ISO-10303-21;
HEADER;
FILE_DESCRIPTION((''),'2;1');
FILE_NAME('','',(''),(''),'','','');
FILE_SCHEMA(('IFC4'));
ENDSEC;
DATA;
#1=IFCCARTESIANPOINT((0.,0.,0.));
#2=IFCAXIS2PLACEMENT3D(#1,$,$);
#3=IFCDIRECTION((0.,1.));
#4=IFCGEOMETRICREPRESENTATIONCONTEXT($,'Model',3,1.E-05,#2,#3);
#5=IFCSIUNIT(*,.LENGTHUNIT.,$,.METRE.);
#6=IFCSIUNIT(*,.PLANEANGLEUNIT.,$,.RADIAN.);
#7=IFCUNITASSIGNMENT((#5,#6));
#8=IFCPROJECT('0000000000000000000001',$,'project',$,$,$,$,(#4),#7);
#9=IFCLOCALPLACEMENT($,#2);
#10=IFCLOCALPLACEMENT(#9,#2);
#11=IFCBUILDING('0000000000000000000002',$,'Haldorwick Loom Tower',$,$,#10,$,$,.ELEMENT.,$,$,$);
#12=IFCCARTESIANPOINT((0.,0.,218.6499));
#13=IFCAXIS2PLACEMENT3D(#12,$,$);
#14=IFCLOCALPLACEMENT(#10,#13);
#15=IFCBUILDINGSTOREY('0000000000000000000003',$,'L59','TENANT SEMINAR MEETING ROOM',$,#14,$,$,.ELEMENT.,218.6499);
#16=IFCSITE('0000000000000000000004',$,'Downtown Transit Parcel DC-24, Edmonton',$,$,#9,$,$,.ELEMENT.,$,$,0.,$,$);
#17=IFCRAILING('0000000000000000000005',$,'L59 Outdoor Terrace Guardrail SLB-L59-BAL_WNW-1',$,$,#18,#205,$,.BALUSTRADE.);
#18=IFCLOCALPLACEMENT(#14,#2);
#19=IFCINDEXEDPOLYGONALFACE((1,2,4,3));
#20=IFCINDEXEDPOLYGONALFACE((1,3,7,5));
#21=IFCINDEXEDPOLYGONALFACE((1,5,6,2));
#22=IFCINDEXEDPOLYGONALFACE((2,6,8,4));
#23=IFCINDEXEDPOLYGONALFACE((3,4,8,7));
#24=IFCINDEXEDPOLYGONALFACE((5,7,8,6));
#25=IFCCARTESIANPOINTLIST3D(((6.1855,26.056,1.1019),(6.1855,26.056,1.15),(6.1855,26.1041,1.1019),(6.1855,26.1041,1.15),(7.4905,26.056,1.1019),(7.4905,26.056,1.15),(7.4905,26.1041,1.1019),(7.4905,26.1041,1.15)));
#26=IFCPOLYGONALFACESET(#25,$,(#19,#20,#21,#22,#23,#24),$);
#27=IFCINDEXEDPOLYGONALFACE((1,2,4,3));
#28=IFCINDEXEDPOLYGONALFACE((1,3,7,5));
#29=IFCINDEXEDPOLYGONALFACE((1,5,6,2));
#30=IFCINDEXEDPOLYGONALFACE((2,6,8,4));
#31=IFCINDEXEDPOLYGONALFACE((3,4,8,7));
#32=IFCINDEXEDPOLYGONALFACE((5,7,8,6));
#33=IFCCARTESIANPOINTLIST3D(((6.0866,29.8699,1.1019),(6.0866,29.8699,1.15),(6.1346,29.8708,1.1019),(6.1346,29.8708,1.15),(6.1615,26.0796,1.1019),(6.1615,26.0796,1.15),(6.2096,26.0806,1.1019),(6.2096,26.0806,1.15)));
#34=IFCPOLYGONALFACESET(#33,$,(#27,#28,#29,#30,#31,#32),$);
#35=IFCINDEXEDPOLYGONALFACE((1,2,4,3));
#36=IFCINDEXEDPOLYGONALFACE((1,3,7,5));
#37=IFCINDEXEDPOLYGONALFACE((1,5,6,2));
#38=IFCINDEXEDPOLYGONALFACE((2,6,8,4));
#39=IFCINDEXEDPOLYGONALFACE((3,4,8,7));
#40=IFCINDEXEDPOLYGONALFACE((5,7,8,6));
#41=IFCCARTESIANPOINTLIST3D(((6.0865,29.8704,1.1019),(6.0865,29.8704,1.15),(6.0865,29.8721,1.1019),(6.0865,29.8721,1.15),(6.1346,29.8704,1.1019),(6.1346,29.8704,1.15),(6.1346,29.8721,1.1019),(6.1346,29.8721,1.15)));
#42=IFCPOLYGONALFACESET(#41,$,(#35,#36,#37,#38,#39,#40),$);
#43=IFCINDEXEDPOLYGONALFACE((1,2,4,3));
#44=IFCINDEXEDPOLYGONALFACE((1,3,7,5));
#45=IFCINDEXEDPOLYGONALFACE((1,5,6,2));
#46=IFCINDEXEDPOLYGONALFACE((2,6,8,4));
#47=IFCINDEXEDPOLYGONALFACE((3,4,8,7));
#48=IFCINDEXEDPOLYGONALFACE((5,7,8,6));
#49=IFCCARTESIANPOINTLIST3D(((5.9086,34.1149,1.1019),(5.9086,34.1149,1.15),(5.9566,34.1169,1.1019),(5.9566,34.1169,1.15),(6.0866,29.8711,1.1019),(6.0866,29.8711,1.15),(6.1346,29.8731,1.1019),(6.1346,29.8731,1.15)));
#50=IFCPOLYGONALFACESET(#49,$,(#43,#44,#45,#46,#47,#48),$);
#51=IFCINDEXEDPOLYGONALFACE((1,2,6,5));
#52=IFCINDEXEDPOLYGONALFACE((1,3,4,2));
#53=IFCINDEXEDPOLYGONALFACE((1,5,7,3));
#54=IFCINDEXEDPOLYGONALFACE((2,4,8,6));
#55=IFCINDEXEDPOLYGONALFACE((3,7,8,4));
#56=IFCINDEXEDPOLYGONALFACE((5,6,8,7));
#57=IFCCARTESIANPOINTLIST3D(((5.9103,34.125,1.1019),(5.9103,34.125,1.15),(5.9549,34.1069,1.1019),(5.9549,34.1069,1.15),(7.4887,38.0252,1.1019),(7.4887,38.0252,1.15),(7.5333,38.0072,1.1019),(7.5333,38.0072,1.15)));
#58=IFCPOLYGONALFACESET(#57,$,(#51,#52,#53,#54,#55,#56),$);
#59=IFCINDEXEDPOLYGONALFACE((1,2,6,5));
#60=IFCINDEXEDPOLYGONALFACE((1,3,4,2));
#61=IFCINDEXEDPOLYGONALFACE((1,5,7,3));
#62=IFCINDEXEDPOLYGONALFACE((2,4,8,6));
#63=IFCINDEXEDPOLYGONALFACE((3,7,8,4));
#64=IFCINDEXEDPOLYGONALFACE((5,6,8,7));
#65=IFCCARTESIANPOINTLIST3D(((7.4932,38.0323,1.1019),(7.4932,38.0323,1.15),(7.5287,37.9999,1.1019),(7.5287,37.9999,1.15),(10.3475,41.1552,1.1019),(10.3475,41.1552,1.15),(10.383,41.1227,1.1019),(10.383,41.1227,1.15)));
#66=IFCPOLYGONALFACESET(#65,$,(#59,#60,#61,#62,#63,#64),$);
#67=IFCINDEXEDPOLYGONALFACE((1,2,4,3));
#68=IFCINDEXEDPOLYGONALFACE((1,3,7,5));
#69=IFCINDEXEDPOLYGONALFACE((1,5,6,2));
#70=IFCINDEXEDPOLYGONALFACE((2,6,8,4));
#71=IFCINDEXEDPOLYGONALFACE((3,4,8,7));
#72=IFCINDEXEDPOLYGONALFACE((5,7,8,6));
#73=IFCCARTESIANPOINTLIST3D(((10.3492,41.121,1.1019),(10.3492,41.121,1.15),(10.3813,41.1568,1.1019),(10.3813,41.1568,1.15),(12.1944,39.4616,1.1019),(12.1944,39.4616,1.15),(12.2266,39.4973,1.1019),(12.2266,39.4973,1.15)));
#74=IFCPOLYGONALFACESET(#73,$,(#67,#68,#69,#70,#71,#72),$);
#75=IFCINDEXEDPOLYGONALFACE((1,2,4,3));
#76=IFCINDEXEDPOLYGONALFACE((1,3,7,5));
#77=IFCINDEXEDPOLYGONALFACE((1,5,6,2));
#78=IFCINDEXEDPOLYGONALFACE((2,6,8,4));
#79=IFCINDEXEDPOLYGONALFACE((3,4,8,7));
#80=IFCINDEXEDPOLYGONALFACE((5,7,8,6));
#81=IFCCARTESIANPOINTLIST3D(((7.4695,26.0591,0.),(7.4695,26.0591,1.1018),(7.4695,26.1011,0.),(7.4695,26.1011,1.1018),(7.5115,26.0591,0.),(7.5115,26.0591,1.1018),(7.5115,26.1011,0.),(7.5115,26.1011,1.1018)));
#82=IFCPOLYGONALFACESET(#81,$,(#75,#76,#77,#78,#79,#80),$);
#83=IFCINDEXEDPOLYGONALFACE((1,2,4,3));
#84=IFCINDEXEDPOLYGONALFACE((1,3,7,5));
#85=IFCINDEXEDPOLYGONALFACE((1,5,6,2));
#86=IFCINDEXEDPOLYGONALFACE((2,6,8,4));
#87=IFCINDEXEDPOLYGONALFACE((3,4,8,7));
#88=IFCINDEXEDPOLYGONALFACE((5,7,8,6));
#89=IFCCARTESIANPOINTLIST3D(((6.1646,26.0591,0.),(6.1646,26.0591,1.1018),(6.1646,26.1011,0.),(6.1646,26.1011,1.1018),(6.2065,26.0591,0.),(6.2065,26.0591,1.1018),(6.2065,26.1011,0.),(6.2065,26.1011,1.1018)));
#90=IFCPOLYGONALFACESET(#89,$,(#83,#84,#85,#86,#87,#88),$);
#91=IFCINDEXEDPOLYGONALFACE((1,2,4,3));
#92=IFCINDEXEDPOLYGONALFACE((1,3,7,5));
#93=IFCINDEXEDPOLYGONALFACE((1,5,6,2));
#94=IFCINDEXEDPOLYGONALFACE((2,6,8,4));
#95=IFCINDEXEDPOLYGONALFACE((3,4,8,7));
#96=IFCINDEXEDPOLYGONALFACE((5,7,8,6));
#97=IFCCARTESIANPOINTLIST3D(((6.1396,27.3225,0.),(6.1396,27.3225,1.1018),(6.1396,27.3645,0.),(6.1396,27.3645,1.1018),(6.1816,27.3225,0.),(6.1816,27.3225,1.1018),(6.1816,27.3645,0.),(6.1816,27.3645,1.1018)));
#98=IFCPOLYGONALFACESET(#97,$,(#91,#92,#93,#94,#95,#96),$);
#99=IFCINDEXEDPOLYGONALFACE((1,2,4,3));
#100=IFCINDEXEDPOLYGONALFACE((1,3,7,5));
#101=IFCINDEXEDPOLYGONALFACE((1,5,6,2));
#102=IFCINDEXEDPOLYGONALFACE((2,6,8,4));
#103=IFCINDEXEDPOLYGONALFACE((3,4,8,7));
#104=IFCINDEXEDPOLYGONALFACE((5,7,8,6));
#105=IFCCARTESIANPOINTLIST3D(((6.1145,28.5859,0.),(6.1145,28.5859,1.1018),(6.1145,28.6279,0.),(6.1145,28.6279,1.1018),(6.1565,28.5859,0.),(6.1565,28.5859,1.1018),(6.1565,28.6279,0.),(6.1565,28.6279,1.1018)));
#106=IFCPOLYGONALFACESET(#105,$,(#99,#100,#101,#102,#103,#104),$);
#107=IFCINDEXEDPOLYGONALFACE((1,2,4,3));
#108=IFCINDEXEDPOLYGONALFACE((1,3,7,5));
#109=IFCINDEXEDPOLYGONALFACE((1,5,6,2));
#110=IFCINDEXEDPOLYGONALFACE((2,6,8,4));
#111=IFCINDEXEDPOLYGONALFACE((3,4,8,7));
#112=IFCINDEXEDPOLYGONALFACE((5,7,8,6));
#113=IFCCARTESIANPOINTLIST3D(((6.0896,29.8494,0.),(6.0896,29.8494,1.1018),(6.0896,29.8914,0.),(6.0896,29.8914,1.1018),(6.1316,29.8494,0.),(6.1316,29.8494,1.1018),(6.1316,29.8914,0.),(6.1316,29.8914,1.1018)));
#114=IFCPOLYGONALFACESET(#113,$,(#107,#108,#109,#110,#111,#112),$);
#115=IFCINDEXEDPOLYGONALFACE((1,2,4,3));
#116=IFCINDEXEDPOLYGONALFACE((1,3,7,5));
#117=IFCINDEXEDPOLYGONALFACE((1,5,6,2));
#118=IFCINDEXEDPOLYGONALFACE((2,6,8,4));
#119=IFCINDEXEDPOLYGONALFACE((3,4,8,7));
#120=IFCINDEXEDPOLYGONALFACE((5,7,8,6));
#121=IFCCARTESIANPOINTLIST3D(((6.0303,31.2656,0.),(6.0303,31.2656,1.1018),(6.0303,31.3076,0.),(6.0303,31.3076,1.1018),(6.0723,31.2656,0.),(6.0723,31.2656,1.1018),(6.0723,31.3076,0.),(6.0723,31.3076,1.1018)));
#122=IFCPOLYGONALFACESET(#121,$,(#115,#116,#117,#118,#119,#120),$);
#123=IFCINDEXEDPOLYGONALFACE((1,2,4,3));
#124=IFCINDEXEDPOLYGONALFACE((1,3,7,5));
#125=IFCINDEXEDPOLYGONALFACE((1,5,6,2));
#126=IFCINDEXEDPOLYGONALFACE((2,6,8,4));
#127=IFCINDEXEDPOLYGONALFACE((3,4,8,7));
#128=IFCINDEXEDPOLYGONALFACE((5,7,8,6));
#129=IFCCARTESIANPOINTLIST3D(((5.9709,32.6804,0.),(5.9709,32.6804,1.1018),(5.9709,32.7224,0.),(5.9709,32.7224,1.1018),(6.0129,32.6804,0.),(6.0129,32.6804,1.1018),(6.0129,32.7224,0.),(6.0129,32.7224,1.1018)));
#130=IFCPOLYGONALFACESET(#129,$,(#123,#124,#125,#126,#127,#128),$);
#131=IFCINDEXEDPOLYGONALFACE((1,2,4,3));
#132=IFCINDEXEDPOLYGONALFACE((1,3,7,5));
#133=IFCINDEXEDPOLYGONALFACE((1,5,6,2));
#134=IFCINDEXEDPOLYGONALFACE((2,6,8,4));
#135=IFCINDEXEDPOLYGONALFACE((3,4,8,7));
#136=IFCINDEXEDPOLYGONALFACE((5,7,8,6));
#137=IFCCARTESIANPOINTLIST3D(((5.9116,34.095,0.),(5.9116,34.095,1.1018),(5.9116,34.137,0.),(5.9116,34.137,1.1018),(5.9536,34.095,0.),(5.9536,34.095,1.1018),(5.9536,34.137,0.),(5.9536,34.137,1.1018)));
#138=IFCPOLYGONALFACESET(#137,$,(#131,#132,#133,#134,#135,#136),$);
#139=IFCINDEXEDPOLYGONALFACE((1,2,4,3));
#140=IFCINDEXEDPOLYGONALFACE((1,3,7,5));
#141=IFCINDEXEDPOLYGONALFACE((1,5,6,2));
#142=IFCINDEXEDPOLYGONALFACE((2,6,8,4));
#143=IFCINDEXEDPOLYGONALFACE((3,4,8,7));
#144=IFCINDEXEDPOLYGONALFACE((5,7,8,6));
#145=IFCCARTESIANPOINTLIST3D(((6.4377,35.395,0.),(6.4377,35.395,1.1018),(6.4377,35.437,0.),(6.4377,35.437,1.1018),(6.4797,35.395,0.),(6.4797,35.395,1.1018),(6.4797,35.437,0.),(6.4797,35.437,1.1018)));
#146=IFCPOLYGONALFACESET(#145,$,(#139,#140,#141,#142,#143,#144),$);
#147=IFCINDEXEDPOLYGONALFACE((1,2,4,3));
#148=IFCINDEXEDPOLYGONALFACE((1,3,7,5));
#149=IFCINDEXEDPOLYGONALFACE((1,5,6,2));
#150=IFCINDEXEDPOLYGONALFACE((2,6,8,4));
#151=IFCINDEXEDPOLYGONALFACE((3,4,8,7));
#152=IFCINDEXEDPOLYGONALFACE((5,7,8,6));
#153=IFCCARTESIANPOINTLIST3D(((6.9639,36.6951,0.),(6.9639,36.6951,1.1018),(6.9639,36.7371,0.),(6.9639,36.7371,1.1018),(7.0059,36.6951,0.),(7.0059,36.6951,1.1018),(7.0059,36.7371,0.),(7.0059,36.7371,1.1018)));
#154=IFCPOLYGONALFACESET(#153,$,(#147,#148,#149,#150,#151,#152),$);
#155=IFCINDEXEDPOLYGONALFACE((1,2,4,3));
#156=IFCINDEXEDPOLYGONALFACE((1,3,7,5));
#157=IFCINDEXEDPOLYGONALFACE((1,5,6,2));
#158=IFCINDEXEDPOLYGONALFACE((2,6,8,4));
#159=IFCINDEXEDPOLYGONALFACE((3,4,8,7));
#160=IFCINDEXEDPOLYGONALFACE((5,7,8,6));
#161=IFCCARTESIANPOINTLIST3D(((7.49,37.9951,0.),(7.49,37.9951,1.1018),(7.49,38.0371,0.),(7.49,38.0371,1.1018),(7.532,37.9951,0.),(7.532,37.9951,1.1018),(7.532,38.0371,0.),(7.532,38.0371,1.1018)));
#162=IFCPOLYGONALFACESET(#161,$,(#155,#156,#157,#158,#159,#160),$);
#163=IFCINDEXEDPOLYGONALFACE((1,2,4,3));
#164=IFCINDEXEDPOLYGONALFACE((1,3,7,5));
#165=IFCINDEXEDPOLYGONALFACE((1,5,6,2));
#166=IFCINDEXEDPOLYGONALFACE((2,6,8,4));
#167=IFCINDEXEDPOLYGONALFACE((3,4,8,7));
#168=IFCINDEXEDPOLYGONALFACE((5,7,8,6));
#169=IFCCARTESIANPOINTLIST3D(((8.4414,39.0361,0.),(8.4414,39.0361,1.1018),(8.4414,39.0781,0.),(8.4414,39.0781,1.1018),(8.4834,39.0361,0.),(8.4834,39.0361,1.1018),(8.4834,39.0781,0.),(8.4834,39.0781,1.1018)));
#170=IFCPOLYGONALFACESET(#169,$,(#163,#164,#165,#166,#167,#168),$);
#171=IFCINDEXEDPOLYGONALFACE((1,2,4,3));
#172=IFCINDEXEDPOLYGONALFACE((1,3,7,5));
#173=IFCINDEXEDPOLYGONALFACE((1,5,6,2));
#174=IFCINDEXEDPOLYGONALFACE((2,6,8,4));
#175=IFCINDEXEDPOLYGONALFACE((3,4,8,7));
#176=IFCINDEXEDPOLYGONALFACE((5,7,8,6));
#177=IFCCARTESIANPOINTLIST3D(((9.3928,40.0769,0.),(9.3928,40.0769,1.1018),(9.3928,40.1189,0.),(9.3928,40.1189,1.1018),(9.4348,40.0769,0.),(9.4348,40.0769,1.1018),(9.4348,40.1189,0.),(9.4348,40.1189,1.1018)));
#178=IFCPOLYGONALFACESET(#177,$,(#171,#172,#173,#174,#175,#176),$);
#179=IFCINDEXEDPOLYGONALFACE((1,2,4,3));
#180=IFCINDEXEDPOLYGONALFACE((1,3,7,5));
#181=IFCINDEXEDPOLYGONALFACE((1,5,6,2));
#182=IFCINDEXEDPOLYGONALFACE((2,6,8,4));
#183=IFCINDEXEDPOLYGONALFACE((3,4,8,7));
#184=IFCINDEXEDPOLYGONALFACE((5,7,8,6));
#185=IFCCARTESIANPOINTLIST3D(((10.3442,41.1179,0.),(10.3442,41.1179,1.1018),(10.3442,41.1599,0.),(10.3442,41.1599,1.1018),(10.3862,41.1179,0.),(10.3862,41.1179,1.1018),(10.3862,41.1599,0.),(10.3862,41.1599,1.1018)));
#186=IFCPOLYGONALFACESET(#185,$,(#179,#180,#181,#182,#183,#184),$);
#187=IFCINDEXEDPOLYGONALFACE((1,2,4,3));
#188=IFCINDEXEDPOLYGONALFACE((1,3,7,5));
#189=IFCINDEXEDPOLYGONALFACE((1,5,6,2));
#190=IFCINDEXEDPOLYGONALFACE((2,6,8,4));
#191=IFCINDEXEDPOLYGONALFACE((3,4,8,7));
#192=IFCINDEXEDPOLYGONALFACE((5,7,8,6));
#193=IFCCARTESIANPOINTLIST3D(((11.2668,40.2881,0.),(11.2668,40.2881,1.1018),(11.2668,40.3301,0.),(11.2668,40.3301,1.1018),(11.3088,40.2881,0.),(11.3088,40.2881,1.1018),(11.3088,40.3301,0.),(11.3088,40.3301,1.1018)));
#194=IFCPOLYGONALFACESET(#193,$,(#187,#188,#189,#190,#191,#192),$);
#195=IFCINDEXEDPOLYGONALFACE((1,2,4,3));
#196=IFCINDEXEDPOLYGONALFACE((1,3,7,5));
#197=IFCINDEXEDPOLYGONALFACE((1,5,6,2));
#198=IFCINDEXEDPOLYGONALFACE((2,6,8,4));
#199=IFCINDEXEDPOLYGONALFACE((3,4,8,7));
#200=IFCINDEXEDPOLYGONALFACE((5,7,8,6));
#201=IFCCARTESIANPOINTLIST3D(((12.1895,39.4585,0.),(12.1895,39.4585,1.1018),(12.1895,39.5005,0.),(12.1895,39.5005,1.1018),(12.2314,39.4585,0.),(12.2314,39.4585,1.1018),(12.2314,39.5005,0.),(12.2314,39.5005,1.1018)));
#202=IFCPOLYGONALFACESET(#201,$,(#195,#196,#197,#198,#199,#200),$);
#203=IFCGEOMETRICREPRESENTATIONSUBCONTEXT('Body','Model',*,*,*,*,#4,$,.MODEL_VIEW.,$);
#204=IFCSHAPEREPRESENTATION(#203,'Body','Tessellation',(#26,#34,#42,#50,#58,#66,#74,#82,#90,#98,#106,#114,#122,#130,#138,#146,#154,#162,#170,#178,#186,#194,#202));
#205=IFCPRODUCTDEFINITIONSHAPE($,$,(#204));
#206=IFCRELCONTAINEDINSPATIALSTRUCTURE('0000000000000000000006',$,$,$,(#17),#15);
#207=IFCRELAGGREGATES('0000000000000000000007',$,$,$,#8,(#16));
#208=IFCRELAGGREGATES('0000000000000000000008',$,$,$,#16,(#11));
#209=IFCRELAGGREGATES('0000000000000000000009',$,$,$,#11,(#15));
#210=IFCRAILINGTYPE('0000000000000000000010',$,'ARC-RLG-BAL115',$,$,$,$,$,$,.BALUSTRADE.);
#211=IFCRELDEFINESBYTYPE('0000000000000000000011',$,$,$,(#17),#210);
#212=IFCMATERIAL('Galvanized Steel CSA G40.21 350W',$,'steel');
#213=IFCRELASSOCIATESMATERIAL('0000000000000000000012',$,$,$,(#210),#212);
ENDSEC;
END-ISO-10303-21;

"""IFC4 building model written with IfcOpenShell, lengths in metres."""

from ifc_helpers import new_model, si_unit, direction, frame, origin, origin_2d, place, context, subcontext, project, spatial, rectangle, extrude, material, type_object, element, save


model = new_model("IFC4")

# Units and contexts
model_context = context("Model", 3, precision=1e-05, world=origin(), true_north=direction((0.0, 1.0)))
body_context = subcontext(model_context, "Body", "Model", "MODEL_VIEW")
ifc_project = project(units=[si_unit("LENGTHUNIT", "METRE"), si_unit("PLANEANGLEUNIT", "RADIAN")], contexts=[model_context])

# Site, building, storey
site_placement = place(None, origin())
site = spatial("IfcSite", under=ifc_project, at=site_placement, Name="Downtown Transit Parcel DC-24, Edmonton", CompositionType="ELEMENT", RefElevation=0.0)
building_placement = place(site_placement, origin())
building = spatial("IfcBuilding", under=site, at=building_placement, Name="Haldorwick Loom Tower", CompositionType="ELEMENT")
storey_placement = place(building_placement, frame((0.0, 0.0, 218.6499)))
storey = spatial("IfcBuildingStorey", under=building, at=storey_placement, Name="L59", Description="TENANT SEMINAR MEETING ROOM", CompositionType="ELEMENT", Elevation=218.6499)

# Railing
ifc_material_1 = material(Name="Galvanized Steel CSA G40.21 350W", Category="steel")
railing_type = type_object("IfcRailingType", Name="ARC-RLG-BAL115", PredefinedType="BALUSTRADE", material=ifc_material_1)
railing_placement = place(storey_placement, frame((7.4905, 26.0801, 0.0)))
element("IfcRailing", 1, at=railing_placement, inside=storey, type_object=railing_type, Name="L59 Outdoor Terrace Guardrail SLB-L59-BAL_WNW-1", PredefinedType="BALUSTRADE", context=body_context, shape_type="SweptSolid", body=[
    extrude(rectangle(XDim=0.0481, YDim=0.0481, at=origin_2d()), frame((0.0, 0.0, 1.126), z_axis=(-1.0, 0.0, 0.0), x_axis=(0.0, -1.0, 0.0)), (0.0, 0.0, 1.0), 1.3049),
    extrude(rectangle(XDim=0.0481, YDim=0.0481, at=origin_2d()), frame((-1.3049, 0.0, 1.126), z_axis=(-0.019771, 0.999805, 0.0), x_axis=(-0.999805, -0.019771, 0.0)), (0.0, 0.0, 1.0), 3.791),
    extrude(rectangle(XDim=0.0481, YDim=0.0481, at=origin_2d()), frame((-1.3799, 3.7903, 1.126), z_axis=(0.0, 1.0, 0.0), x_axis=(-1.0, 0.0, 0.0)), (0.0, 0.0, 1.0), 0.0017),
    extrude(rectangle(XDim=0.0481, YDim=0.0481, at=origin_2d()), frame((-1.3799, 3.792, 1.126), z_axis=(-0.041901, 0.999122, 0.0), x_axis=(-0.999122, -0.041901, 0.0)), (0.0, 0.0, 1.0), 4.2476),
    extrude(rectangle(XDim=0.0481, YDim=0.0481, at=origin_2d()), frame((-1.5579, 8.0359, 1.126), z_axis=(0.375139, 0.926968, 0.0), x_axis=(-0.926968, 0.375139, 0.0)), (0.0, 0.0, 1.0), 4.2075),
    extrude(rectangle(XDim=0.0481, YDim=0.0481, at=origin_2d()), frame((0.0205, 11.936, 1.126), z_axis=(0.674655, 0.738133, 0.0), x_axis=(-0.738133, 0.674655, 0.0)), (0.0, 0.0, 1.0), 4.2307),
    extrude(rectangle(XDim=0.0481, YDim=0.0481, at=origin_2d()), frame((2.8748, 15.0588, 1.126), z_axis=(0.743548, -0.668682, 0.0), x_axis=(0.668682, 0.743548, 0.0)), (0.0, 0.0, 1.0), 2.4817),
    extrude(rectangle(XDim=0.042, YDim=0.042, at=origin_2d()), origin(), (0.0, 0.0, 1.0), 1.1018),
    extrude(rectangle(XDim=0.042, YDim=0.042, at=origin_2d()), frame((-1.3049, 0.0, 0.0)), (0.0, 0.0, 1.0), 1.1018),
    extrude(rectangle(XDim=0.042, YDim=0.042, at=origin_2d()), frame((-1.3298, 1.2634, 0.0)), (0.0, 0.0, 1.0), 1.1018),
    extrude(rectangle(XDim=0.042, YDim=0.042, at=origin_2d()), frame((-1.355, 2.5269, 0.0)), (0.0, 0.0, 1.0), 1.1018),
    extrude(rectangle(XDim=0.042, YDim=0.042, at=origin_2d()), frame((-1.3799, 3.7903, 0.0)), (0.0, 0.0, 1.0), 1.1018),
    extrude(rectangle(XDim=0.042, YDim=0.042, at=origin_2d()), frame((-1.4392, 5.2065, 0.0)), (0.0, 0.0, 1.0), 1.1018),
    extrude(rectangle(XDim=0.042, YDim=0.042, at=origin_2d()), frame((-1.4985, 6.6213, 0.0)), (0.0, 0.0, 1.0), 1.1018),
    extrude(rectangle(XDim=0.042, YDim=0.042, at=origin_2d()), frame((-1.5579, 8.0359, 0.0)), (0.0, 0.0, 1.0), 1.1018),
    extrude(rectangle(XDim=0.042, YDim=0.042, at=origin_2d()), frame((-1.0317, 9.3359, 0.0)), (0.0, 0.0, 1.0), 1.1018),
    extrude(rectangle(XDim=0.042, YDim=0.042, at=origin_2d()), frame((-0.5056, 10.636, 0.0)), (0.0, 0.0, 1.0), 1.1018),
    extrude(rectangle(XDim=0.042, YDim=0.042, at=origin_2d()), frame((0.0205, 11.936, 0.0)), (0.0, 0.0, 1.0), 1.1018),
    extrude(rectangle(XDim=0.042, YDim=0.042, at=origin_2d()), frame((0.9719, 12.9771, 0.0)), (0.0, 0.0, 1.0), 1.1018),
    extrude(rectangle(XDim=0.042, YDim=0.042, at=origin_2d()), frame((1.9233, 14.0178, 0.0)), (0.0, 0.0, 1.0), 1.1018),
    extrude(rectangle(XDim=0.042, YDim=0.042, at=origin_2d()), frame((2.8748, 15.0588, 0.0)), (0.0, 0.0, 1.0), 1.1018),
    extrude(rectangle(XDim=0.042, YDim=0.042, at=origin_2d()), frame((3.7974, 14.229, 0.0)), (0.0, 0.0, 1.0), 1.1018),
    extrude(rectangle(XDim=0.042, YDim=0.042, at=origin_2d()), frame((4.72, 13.3994, 0.0)), (0.0, 0.0, 1.0), 1.1018),
])

save(model, "model.ifc")
